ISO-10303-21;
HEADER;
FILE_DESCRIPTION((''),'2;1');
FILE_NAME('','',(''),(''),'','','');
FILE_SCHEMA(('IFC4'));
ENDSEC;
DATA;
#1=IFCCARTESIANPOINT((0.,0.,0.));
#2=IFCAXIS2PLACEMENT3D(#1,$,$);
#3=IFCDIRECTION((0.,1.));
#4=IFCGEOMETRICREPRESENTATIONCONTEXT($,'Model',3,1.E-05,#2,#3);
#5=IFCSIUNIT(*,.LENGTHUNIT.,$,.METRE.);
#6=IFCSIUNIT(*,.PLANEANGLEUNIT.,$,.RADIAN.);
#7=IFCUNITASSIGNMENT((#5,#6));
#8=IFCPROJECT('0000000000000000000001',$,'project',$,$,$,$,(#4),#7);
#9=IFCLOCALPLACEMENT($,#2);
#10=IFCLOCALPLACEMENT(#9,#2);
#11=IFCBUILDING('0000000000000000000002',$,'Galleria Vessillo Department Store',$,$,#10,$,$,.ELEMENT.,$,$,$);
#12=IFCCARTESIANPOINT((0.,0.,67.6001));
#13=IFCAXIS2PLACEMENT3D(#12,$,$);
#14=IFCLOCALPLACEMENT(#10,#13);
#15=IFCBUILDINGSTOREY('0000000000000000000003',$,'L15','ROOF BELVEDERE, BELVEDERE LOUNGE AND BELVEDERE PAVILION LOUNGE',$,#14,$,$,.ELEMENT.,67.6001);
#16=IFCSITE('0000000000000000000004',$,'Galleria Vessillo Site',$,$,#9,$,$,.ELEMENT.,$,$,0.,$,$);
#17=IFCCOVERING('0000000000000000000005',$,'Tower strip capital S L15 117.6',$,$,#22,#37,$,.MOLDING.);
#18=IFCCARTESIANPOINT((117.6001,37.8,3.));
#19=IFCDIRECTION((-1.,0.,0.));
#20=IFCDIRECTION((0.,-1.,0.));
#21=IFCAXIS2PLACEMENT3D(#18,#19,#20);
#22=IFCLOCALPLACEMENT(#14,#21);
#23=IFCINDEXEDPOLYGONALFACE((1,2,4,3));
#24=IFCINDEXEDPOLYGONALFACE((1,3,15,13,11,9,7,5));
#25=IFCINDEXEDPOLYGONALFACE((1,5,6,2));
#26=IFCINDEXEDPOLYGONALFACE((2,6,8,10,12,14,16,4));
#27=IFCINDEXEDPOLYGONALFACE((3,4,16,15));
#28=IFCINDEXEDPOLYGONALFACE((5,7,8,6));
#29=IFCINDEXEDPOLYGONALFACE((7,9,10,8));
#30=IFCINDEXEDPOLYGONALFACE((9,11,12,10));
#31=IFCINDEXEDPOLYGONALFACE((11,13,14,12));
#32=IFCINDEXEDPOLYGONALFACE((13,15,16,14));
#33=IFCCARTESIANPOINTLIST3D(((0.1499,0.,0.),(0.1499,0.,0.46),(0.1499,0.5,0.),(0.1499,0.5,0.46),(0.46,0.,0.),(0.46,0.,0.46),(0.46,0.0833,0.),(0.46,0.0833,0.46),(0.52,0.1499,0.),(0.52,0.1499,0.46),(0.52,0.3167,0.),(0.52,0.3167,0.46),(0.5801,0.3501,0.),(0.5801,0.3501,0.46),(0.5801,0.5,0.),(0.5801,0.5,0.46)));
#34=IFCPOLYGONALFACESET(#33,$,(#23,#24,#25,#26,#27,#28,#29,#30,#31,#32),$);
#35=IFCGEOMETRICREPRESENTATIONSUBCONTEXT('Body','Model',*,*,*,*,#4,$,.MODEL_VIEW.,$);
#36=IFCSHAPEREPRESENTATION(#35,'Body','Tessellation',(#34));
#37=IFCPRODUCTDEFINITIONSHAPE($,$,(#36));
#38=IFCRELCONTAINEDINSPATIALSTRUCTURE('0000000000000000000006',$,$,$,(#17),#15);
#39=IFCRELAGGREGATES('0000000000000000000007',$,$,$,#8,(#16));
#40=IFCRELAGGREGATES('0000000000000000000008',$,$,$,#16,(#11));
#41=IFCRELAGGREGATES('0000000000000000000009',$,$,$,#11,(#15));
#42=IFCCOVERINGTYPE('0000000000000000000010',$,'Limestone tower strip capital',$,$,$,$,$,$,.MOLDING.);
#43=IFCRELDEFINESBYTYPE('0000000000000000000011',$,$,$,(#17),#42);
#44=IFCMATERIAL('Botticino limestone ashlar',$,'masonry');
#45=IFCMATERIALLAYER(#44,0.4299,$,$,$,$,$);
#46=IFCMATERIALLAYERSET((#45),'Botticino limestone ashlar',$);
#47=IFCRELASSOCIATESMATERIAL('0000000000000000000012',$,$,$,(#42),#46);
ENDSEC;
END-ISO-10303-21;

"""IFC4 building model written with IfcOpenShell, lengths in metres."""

from ifc_helpers import new_model, si_unit, direction, frame, origin, place, context, subcontext, project, spatial, polyline, outline, extrude, material, layer, layer_set, type_object, element, save


model = new_model("IFC4")

# Units and contexts
model_context = context("Model", 3, precision=1e-05, world=origin(), true_north=direction((0.0, 1.0)))
body_context = subcontext(model_context, "Body", "Model", "MODEL_VIEW")
ifc_project = project(units=[si_unit("LENGTHUNIT", "METRE"), si_unit("PLANEANGLEUNIT", "RADIAN")], contexts=[model_context])

# Site, building, storey
site_placement = place(None, origin())
site = spatial("IfcSite", under=ifc_project, at=site_placement, Name="Galleria Vessillo Site", CompositionType="ELEMENT", RefElevation=0.0)
building_placement = place(site_placement, origin())
building = spatial("IfcBuilding", under=site, at=building_placement, Name="Galleria Vessillo Department Store", CompositionType="ELEMENT")
storey_placement = place(building_placement, frame((0.0, 0.0, 67.6001)))
storey = spatial("IfcBuildingStorey", under=building, at=storey_placement, Name="L15", Description="ROOF BELVEDERE, BELVEDERE LOUNGE AND BELVEDERE PAVILION LOUNGE", CompositionType="ELEMENT", Elevation=67.6001)

# Covering
ifc_material_1 = material(Name="Botticino limestone ashlar", Category="masonry")
ifc_layer_1 = layer(ifc_material_1, 0.4299)
ifc_layer_set_1 = layer_set([ifc_layer_1], Name="Botticino limestone ashlar")
covering_type_1 = type_object("IfcCoveringType", Name="Limestone tower strip capital", PredefinedType="MOLDING", material=ifc_layer_set_1)
covering_1_placement = place(storey_placement, frame((117.6001, 37.8, 3.0), z_axis=(-1.0, 0.0, 0.0), x_axis=(0.0, -1.0, 0.0)))
element("IfcCovering", 1, at=covering_1_placement, inside=storey, type_object=covering_type_1, Name="Tower strip capital S L15 117.6", PredefinedType="MOLDING", context=body_context, shape_type="SweptSolid", body=[
    extrude(outline(polyline([(0.1499, 0.0), (0.46, 0.0), (0.46, 0.0833), (0.52, 0.1499), (0.52, 0.3167), (0.5801, 0.3501), (0.5801, 0.5), (0.1499, 0.5), (0.1499, 0.0)])), origin(), (0.0, 0.0, 1.0), 0.46),
])

save(model, "model.ifc")
